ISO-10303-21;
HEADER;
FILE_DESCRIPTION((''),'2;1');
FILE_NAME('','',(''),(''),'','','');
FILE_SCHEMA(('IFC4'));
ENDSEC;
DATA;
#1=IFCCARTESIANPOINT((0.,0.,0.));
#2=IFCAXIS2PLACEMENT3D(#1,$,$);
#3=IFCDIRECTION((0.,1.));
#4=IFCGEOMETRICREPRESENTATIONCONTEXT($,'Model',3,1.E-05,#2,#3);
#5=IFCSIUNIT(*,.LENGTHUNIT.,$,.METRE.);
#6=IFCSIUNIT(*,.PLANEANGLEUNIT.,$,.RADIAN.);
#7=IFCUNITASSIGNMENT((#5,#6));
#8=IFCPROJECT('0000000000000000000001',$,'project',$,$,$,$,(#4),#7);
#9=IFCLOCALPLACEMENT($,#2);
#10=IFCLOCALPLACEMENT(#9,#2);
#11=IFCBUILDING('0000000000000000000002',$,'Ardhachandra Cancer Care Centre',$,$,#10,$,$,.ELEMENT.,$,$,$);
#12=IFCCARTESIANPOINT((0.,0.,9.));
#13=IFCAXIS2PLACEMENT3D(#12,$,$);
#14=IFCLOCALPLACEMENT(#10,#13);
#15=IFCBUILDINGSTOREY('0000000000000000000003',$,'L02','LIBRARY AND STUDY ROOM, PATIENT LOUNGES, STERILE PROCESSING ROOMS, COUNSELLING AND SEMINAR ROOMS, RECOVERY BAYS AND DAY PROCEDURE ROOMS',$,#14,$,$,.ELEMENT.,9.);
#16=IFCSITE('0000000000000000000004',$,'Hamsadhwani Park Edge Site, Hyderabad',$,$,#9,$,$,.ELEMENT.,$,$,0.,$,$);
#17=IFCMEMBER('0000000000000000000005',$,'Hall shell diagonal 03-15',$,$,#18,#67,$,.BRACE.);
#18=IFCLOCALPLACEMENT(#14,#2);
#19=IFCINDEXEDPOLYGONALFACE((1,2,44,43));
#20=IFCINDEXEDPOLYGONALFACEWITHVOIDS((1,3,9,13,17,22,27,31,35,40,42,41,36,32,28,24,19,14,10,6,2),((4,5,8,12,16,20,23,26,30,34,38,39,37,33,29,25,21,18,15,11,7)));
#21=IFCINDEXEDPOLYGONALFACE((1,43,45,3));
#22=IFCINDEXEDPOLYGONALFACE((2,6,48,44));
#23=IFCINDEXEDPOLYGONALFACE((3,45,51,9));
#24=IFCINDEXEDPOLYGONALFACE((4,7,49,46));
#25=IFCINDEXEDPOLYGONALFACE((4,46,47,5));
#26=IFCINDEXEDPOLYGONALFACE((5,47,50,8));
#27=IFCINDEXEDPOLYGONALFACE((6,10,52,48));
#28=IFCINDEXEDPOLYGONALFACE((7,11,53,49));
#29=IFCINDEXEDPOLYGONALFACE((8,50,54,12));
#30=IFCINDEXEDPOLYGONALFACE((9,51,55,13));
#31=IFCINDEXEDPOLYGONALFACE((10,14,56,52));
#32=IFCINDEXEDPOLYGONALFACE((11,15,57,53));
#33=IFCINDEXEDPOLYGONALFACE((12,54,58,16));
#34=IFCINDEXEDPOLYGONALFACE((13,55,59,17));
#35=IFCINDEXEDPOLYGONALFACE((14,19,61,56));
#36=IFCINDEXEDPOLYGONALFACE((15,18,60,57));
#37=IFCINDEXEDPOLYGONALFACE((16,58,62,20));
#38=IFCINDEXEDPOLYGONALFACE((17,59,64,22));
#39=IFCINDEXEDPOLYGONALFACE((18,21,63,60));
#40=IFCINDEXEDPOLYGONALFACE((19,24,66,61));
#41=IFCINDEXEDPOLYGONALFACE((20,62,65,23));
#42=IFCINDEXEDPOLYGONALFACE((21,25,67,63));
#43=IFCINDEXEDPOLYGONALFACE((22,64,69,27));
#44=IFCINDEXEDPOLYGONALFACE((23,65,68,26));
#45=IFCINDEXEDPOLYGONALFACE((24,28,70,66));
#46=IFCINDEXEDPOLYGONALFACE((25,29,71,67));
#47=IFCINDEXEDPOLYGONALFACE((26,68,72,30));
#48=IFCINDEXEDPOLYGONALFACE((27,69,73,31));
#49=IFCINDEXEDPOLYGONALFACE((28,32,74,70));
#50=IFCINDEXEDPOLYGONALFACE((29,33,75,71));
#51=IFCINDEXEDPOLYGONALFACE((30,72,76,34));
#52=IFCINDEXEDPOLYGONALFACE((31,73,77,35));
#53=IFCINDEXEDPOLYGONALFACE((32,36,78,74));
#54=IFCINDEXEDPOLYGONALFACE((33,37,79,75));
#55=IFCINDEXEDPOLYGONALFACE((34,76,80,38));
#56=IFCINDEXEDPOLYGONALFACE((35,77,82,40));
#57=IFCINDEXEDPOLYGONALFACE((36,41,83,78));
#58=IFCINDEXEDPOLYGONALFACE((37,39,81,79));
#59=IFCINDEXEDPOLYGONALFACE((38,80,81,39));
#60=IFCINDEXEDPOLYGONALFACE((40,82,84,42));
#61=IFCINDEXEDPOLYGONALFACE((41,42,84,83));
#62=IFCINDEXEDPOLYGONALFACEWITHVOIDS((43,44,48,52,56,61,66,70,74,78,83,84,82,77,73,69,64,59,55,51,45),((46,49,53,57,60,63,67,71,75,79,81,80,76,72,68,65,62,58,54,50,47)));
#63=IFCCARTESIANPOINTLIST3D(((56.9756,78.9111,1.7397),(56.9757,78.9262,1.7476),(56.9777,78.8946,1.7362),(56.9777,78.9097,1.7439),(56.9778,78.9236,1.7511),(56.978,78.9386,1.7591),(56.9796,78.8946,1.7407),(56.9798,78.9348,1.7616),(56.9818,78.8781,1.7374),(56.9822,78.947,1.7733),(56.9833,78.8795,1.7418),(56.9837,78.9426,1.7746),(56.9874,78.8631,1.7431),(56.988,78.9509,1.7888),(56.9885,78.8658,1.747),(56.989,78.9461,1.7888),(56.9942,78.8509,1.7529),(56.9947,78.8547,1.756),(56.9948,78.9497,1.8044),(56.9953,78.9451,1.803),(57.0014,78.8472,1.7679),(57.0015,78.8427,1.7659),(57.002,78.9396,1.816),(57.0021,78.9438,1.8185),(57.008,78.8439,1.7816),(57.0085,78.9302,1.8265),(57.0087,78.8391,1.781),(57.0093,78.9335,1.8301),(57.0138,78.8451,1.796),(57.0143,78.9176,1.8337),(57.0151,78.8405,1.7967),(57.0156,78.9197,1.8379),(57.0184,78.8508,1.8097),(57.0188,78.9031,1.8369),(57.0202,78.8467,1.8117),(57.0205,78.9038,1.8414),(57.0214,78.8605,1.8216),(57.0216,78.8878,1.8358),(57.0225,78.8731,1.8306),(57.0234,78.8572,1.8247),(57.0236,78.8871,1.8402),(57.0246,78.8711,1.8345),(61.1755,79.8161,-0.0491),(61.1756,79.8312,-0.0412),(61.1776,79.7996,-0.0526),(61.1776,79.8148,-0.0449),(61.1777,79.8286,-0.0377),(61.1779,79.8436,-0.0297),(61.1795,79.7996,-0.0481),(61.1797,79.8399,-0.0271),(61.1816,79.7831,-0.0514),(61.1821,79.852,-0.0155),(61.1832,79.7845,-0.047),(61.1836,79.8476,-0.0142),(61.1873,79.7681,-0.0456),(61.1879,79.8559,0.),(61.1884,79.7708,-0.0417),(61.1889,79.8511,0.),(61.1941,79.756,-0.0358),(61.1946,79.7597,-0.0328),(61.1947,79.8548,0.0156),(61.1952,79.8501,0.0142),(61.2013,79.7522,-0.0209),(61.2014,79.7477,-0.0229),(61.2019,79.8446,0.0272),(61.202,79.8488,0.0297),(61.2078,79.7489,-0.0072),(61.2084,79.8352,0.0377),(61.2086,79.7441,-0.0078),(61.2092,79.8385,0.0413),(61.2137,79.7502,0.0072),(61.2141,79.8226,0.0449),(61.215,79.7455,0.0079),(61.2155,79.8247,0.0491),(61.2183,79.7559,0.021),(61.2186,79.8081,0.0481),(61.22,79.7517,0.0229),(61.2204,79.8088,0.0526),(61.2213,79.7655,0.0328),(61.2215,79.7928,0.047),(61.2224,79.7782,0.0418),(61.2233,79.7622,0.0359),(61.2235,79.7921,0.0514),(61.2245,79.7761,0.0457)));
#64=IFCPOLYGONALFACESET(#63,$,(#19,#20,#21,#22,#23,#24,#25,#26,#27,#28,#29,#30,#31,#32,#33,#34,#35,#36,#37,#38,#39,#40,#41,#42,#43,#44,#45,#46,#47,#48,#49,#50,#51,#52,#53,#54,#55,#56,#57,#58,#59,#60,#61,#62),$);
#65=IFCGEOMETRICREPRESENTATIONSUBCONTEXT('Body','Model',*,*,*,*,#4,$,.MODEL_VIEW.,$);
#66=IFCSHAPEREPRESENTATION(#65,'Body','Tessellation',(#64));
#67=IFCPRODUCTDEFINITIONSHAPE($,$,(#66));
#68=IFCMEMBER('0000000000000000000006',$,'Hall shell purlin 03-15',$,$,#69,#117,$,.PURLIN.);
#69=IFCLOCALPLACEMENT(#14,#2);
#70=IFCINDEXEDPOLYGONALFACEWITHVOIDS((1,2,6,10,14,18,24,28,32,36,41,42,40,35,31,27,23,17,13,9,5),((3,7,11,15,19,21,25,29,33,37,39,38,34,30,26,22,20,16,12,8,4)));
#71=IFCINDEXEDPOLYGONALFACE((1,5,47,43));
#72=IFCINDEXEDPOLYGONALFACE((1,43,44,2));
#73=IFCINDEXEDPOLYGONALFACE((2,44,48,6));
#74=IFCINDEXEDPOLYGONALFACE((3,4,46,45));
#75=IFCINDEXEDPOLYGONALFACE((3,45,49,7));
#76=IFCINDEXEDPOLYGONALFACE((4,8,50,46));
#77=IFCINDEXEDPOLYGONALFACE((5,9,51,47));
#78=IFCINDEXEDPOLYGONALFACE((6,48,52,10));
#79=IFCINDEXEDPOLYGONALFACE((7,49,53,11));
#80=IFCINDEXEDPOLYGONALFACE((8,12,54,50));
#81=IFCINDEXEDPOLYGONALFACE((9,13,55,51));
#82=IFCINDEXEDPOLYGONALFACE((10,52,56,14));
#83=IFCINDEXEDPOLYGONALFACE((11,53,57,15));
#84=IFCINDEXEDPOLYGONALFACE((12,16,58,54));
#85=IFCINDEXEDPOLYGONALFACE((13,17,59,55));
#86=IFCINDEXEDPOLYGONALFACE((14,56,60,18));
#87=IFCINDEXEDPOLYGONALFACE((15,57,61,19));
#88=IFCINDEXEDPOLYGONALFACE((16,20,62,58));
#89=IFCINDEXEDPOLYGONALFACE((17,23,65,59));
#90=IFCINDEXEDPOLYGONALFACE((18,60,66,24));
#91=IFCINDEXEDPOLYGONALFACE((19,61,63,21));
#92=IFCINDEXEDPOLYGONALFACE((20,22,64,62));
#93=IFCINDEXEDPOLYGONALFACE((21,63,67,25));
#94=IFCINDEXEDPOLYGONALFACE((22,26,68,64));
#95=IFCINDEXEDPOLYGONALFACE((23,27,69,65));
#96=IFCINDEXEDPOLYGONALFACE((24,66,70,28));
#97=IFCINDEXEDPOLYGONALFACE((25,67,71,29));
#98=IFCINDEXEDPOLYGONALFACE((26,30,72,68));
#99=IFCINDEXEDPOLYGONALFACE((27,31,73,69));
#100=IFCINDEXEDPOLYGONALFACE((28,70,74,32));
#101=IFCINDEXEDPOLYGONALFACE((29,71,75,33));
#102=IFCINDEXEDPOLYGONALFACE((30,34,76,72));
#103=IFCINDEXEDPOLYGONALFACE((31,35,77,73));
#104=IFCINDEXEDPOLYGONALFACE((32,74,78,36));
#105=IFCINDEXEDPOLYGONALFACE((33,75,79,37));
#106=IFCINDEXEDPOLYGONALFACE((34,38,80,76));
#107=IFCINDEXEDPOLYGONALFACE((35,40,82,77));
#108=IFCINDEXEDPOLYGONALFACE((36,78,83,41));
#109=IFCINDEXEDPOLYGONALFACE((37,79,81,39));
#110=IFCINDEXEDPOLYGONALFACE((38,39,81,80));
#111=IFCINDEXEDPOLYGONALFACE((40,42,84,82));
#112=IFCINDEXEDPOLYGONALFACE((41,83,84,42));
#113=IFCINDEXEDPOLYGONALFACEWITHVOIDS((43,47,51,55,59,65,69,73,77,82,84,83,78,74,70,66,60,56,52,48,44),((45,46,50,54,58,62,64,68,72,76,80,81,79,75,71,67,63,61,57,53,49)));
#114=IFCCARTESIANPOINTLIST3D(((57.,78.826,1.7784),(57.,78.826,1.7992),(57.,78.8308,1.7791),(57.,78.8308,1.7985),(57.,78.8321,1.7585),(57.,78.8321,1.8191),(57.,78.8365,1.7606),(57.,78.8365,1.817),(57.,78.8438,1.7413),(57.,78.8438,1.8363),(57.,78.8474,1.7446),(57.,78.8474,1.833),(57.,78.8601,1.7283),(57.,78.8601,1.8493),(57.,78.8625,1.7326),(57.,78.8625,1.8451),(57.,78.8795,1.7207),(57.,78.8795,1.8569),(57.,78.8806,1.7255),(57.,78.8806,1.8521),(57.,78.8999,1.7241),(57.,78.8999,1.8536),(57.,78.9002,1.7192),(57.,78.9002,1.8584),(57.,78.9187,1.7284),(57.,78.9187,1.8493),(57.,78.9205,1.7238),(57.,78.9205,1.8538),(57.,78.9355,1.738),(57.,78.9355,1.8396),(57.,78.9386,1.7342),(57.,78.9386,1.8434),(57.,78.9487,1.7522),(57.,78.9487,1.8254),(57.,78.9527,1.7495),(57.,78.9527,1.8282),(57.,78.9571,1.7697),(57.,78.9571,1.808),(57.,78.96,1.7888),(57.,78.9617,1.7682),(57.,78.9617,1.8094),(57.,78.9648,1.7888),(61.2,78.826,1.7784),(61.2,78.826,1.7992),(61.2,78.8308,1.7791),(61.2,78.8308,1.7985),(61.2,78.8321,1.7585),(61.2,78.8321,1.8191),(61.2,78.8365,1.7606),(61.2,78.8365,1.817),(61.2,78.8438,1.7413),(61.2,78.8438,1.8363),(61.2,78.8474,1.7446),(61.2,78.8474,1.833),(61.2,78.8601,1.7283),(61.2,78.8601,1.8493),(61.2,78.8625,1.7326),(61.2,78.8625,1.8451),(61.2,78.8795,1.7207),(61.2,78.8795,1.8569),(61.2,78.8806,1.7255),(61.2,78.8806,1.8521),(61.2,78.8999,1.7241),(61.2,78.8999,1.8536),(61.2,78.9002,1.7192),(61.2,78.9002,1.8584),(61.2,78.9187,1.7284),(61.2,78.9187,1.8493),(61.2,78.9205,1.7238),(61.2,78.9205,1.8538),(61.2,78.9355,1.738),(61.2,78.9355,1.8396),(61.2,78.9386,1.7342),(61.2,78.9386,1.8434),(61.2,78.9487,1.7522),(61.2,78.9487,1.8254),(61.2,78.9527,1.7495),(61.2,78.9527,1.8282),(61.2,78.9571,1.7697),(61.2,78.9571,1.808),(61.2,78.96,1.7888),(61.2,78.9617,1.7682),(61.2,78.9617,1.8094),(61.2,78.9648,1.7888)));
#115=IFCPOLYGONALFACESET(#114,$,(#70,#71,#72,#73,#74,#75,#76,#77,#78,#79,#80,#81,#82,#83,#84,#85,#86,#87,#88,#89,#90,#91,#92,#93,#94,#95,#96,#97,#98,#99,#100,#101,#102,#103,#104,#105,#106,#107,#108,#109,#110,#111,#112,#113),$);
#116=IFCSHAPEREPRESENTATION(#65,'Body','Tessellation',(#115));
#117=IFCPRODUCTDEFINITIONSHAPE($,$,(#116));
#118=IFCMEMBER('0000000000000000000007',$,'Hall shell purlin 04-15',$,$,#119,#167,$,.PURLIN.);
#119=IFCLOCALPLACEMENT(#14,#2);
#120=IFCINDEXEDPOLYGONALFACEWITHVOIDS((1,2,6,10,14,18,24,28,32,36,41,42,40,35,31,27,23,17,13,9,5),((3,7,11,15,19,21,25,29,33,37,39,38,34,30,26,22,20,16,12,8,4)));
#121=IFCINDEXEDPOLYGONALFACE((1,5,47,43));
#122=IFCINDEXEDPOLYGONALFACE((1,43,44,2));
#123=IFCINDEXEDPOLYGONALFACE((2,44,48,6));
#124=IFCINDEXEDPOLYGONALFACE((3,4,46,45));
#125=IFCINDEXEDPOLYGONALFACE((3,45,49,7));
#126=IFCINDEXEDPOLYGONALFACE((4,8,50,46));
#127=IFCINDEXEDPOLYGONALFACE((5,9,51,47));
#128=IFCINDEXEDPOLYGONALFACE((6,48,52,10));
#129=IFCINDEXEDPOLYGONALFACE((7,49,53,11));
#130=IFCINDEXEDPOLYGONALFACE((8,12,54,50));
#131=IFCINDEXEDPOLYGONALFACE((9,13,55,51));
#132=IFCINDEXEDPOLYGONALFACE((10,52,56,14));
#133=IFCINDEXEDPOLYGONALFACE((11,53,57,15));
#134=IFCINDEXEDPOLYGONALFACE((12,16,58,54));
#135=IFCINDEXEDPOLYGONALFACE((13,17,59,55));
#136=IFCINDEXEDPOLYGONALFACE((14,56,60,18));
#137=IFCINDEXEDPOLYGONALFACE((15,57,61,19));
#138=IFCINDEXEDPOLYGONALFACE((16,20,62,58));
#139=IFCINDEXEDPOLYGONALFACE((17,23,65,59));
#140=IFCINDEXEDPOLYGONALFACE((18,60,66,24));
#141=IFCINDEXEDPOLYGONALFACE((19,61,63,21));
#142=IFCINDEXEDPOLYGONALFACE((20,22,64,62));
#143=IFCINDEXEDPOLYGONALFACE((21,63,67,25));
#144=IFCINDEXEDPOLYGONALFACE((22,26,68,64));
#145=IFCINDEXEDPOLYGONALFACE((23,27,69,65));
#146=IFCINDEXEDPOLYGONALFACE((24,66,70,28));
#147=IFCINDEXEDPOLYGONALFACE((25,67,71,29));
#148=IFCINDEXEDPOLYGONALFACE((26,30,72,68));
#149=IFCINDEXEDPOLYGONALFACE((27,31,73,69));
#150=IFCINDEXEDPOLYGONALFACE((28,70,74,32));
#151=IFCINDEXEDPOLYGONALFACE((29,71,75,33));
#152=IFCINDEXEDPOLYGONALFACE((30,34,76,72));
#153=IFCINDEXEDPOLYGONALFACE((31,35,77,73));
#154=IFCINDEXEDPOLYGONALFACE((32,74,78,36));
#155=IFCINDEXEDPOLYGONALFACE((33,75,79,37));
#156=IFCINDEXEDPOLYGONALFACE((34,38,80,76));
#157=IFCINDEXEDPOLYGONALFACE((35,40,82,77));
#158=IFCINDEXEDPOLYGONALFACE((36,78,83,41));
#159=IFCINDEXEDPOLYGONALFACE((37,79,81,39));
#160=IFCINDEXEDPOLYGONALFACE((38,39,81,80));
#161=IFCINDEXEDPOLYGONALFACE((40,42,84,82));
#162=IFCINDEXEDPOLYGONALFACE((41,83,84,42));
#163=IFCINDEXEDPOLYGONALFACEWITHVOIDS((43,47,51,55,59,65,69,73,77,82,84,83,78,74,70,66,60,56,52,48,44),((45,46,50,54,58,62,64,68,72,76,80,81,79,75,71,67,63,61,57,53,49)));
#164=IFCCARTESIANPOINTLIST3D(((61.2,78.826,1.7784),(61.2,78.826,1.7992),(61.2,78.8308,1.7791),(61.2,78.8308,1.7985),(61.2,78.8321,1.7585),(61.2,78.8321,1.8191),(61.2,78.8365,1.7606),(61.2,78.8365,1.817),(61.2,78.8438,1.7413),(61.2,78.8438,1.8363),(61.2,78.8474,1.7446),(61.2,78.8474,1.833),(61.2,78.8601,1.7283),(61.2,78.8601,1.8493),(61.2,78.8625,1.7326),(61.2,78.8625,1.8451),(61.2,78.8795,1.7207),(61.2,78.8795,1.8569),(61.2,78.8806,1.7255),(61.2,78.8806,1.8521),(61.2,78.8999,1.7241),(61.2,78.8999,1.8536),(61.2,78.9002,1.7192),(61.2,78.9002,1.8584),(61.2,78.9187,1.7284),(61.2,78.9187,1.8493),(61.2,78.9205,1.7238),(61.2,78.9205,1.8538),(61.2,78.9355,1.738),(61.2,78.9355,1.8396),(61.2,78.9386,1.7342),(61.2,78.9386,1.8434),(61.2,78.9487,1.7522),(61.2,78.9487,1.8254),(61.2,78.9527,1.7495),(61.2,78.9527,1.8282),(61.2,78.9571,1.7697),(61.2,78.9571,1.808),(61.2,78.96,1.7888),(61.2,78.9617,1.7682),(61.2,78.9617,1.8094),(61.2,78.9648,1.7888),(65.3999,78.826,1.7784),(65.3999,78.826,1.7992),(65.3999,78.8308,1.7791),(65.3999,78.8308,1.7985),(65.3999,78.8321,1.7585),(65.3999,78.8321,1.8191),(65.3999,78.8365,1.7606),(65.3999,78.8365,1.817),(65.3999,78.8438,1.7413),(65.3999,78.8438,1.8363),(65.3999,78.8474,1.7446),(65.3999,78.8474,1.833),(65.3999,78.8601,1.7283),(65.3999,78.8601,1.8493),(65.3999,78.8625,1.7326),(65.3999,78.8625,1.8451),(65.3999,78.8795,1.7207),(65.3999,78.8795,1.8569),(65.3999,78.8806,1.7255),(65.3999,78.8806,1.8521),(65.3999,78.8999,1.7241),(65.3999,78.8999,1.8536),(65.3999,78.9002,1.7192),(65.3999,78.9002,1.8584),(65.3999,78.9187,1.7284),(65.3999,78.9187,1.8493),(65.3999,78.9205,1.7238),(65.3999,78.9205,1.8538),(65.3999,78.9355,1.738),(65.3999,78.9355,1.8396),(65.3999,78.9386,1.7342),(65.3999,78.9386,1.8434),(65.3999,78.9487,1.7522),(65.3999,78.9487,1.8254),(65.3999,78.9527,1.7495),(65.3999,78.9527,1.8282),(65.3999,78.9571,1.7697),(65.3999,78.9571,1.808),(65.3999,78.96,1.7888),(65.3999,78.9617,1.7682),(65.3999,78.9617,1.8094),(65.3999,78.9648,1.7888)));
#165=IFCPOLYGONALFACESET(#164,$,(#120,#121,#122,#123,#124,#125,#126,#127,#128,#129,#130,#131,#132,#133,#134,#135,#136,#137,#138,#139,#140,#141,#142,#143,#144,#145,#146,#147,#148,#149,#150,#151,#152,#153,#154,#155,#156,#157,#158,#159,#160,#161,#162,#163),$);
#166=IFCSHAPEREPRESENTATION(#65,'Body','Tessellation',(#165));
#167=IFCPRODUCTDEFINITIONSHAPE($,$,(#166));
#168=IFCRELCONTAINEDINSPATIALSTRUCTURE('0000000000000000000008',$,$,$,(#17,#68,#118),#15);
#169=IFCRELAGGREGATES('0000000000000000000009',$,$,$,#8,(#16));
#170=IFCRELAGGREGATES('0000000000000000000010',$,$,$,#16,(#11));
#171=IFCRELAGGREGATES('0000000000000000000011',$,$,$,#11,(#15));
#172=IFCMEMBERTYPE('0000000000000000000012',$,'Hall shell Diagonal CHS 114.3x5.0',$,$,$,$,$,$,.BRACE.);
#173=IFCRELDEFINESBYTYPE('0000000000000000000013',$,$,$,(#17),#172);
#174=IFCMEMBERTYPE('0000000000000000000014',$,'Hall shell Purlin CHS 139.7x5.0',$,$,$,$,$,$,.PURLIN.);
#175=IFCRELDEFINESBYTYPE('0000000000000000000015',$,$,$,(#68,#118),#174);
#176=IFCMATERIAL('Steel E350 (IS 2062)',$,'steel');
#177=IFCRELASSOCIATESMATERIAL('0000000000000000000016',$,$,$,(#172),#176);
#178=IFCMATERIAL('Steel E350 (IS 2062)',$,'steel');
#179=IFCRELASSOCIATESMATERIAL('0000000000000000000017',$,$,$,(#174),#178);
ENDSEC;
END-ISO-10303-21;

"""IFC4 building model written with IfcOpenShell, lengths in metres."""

from ifc_helpers import new_model, si_unit, direction, frame, origin, origin_2d, place, context, subcontext, project, spatial, hollow_circle, extrude, material, material_profile, profile_set, type_object, element, save


model = new_model("IFC4")

# Units and contexts
model_context = context("Model", 3, precision=1e-05, world=origin(), true_north=direction((0.0, 1.0)))
body_context = subcontext(model_context, "Body", "Model", "MODEL_VIEW")
ifc_project = project(units=[si_unit("LENGTHUNIT", "METRE"), si_unit("PLANEANGLEUNIT", "RADIAN")], contexts=[model_context])

# Site, building, storey
site_placement = place(None, origin())
site = spatial("IfcSite", under=ifc_project, at=site_placement, Name="Hamsadhwani Park Edge Site, Hyderabad", CompositionType="ELEMENT", RefElevation=0.0)
building_placement = place(site_placement, origin())
building = spatial("IfcBuilding", under=site, at=building_placement, Name="Ardhachandra Cancer Care Centre", CompositionType="ELEMENT")
storey_placement = place(building_placement, frame((0.0, 0.0, 9.0)))
storey = spatial("IfcBuildingStorey", under=building, at=storey_placement, Name="L02", Description="LIBRARY AND STUDY ROOM, PATIENT LOUNGES, STERILE PROCESSING ROOMS, COUNSELLING AND SEMINAR ROOMS, RECOVERY BAYS AND DAY PROCEDURE ROOMS", CompositionType="ELEMENT", Elevation=9.0)

# Members
ifc_material_1 = material(Name="Steel E350 (IS 2062)", Category="steel")
ifc_material_profile_1 = material_profile(ifc_material_1, hollow_circle(Radius=0.0571, WallThickness=0.0049, at=origin_2d()), Name="CHS 114.3x5.0")
ifc_profile_set_1 = profile_set([ifc_material_profile_1], Name="Steel E350 (IS 2062)")
member_type_1 = type_object("IfcMemberType", Name="Hall shell Diagonal CHS 114.3x5.0", PredefinedType="BRACE", material=ifc_profile_set_1)
for number, where, z_axis, x_axis, name in (
    (1, (57.0, 78.895, 1.7888), (0.902464, 0.194468, -0.384372), (-0.21065, 0.977561, 0.0), "Hall shell diagonal 03-15"),
):
    element("IfcMember", number, at=place(storey_placement, frame(where, z_axis=z_axis, x_axis=x_axis)), inside=storey, type_object=member_type_1, Name=name, PredefinedType="BRACE", context=body_context, shape_type="SweptSolid", body=[
        extrude(hollow_circle(Radius=0.0571, WallThickness=0.0049, at=origin_2d()), origin(), (0.0, 0.0, 1.0), 4.6538),
    ])
ifc_material_2 = material(Name="Steel E350 (IS 2062)", Category="steel")
ifc_material_profile_2 = material_profile(ifc_material_2, hollow_circle(Radius=0.0698, WallThickness=0.0049, at=origin_2d()), Name="CHS 139.7x5.0")
ifc_profile_set_2 = profile_set([ifc_material_profile_2], Name="Steel E350 (IS 2062)")
member_type_2 = type_object("IfcMemberType", Name="Hall shell Purlin CHS 139.7x5.0", PredefinedType="PURLIN", material=ifc_profile_set_2)
for number, where, z_axis, x_axis, name in (
    (2, (57.0, 78.895, 1.7888), (1.0, 0.0, 0.0), (0.0, 1.0, 0.0), "Hall shell purlin 03-15"),
    (3, (61.2, 78.895, 1.7888), (1.0, 0.0, 0.0), (0.0, 1.0, 0.0), "Hall shell purlin 04-15"),
):
    element("IfcMember", number, at=place(storey_placement, frame(where, z_axis=z_axis, x_axis=x_axis)), inside=storey, type_object=member_type_2, Name=name, PredefinedType="PURLIN", context=body_context, shape_type="SweptSolid", body=[
        extrude(hollow_circle(Radius=0.0698, WallThickness=0.0049, at=origin_2d()), origin(), (0.0, 0.0, 1.0), 4.2),
    ])

save(model, "model.ifc")
